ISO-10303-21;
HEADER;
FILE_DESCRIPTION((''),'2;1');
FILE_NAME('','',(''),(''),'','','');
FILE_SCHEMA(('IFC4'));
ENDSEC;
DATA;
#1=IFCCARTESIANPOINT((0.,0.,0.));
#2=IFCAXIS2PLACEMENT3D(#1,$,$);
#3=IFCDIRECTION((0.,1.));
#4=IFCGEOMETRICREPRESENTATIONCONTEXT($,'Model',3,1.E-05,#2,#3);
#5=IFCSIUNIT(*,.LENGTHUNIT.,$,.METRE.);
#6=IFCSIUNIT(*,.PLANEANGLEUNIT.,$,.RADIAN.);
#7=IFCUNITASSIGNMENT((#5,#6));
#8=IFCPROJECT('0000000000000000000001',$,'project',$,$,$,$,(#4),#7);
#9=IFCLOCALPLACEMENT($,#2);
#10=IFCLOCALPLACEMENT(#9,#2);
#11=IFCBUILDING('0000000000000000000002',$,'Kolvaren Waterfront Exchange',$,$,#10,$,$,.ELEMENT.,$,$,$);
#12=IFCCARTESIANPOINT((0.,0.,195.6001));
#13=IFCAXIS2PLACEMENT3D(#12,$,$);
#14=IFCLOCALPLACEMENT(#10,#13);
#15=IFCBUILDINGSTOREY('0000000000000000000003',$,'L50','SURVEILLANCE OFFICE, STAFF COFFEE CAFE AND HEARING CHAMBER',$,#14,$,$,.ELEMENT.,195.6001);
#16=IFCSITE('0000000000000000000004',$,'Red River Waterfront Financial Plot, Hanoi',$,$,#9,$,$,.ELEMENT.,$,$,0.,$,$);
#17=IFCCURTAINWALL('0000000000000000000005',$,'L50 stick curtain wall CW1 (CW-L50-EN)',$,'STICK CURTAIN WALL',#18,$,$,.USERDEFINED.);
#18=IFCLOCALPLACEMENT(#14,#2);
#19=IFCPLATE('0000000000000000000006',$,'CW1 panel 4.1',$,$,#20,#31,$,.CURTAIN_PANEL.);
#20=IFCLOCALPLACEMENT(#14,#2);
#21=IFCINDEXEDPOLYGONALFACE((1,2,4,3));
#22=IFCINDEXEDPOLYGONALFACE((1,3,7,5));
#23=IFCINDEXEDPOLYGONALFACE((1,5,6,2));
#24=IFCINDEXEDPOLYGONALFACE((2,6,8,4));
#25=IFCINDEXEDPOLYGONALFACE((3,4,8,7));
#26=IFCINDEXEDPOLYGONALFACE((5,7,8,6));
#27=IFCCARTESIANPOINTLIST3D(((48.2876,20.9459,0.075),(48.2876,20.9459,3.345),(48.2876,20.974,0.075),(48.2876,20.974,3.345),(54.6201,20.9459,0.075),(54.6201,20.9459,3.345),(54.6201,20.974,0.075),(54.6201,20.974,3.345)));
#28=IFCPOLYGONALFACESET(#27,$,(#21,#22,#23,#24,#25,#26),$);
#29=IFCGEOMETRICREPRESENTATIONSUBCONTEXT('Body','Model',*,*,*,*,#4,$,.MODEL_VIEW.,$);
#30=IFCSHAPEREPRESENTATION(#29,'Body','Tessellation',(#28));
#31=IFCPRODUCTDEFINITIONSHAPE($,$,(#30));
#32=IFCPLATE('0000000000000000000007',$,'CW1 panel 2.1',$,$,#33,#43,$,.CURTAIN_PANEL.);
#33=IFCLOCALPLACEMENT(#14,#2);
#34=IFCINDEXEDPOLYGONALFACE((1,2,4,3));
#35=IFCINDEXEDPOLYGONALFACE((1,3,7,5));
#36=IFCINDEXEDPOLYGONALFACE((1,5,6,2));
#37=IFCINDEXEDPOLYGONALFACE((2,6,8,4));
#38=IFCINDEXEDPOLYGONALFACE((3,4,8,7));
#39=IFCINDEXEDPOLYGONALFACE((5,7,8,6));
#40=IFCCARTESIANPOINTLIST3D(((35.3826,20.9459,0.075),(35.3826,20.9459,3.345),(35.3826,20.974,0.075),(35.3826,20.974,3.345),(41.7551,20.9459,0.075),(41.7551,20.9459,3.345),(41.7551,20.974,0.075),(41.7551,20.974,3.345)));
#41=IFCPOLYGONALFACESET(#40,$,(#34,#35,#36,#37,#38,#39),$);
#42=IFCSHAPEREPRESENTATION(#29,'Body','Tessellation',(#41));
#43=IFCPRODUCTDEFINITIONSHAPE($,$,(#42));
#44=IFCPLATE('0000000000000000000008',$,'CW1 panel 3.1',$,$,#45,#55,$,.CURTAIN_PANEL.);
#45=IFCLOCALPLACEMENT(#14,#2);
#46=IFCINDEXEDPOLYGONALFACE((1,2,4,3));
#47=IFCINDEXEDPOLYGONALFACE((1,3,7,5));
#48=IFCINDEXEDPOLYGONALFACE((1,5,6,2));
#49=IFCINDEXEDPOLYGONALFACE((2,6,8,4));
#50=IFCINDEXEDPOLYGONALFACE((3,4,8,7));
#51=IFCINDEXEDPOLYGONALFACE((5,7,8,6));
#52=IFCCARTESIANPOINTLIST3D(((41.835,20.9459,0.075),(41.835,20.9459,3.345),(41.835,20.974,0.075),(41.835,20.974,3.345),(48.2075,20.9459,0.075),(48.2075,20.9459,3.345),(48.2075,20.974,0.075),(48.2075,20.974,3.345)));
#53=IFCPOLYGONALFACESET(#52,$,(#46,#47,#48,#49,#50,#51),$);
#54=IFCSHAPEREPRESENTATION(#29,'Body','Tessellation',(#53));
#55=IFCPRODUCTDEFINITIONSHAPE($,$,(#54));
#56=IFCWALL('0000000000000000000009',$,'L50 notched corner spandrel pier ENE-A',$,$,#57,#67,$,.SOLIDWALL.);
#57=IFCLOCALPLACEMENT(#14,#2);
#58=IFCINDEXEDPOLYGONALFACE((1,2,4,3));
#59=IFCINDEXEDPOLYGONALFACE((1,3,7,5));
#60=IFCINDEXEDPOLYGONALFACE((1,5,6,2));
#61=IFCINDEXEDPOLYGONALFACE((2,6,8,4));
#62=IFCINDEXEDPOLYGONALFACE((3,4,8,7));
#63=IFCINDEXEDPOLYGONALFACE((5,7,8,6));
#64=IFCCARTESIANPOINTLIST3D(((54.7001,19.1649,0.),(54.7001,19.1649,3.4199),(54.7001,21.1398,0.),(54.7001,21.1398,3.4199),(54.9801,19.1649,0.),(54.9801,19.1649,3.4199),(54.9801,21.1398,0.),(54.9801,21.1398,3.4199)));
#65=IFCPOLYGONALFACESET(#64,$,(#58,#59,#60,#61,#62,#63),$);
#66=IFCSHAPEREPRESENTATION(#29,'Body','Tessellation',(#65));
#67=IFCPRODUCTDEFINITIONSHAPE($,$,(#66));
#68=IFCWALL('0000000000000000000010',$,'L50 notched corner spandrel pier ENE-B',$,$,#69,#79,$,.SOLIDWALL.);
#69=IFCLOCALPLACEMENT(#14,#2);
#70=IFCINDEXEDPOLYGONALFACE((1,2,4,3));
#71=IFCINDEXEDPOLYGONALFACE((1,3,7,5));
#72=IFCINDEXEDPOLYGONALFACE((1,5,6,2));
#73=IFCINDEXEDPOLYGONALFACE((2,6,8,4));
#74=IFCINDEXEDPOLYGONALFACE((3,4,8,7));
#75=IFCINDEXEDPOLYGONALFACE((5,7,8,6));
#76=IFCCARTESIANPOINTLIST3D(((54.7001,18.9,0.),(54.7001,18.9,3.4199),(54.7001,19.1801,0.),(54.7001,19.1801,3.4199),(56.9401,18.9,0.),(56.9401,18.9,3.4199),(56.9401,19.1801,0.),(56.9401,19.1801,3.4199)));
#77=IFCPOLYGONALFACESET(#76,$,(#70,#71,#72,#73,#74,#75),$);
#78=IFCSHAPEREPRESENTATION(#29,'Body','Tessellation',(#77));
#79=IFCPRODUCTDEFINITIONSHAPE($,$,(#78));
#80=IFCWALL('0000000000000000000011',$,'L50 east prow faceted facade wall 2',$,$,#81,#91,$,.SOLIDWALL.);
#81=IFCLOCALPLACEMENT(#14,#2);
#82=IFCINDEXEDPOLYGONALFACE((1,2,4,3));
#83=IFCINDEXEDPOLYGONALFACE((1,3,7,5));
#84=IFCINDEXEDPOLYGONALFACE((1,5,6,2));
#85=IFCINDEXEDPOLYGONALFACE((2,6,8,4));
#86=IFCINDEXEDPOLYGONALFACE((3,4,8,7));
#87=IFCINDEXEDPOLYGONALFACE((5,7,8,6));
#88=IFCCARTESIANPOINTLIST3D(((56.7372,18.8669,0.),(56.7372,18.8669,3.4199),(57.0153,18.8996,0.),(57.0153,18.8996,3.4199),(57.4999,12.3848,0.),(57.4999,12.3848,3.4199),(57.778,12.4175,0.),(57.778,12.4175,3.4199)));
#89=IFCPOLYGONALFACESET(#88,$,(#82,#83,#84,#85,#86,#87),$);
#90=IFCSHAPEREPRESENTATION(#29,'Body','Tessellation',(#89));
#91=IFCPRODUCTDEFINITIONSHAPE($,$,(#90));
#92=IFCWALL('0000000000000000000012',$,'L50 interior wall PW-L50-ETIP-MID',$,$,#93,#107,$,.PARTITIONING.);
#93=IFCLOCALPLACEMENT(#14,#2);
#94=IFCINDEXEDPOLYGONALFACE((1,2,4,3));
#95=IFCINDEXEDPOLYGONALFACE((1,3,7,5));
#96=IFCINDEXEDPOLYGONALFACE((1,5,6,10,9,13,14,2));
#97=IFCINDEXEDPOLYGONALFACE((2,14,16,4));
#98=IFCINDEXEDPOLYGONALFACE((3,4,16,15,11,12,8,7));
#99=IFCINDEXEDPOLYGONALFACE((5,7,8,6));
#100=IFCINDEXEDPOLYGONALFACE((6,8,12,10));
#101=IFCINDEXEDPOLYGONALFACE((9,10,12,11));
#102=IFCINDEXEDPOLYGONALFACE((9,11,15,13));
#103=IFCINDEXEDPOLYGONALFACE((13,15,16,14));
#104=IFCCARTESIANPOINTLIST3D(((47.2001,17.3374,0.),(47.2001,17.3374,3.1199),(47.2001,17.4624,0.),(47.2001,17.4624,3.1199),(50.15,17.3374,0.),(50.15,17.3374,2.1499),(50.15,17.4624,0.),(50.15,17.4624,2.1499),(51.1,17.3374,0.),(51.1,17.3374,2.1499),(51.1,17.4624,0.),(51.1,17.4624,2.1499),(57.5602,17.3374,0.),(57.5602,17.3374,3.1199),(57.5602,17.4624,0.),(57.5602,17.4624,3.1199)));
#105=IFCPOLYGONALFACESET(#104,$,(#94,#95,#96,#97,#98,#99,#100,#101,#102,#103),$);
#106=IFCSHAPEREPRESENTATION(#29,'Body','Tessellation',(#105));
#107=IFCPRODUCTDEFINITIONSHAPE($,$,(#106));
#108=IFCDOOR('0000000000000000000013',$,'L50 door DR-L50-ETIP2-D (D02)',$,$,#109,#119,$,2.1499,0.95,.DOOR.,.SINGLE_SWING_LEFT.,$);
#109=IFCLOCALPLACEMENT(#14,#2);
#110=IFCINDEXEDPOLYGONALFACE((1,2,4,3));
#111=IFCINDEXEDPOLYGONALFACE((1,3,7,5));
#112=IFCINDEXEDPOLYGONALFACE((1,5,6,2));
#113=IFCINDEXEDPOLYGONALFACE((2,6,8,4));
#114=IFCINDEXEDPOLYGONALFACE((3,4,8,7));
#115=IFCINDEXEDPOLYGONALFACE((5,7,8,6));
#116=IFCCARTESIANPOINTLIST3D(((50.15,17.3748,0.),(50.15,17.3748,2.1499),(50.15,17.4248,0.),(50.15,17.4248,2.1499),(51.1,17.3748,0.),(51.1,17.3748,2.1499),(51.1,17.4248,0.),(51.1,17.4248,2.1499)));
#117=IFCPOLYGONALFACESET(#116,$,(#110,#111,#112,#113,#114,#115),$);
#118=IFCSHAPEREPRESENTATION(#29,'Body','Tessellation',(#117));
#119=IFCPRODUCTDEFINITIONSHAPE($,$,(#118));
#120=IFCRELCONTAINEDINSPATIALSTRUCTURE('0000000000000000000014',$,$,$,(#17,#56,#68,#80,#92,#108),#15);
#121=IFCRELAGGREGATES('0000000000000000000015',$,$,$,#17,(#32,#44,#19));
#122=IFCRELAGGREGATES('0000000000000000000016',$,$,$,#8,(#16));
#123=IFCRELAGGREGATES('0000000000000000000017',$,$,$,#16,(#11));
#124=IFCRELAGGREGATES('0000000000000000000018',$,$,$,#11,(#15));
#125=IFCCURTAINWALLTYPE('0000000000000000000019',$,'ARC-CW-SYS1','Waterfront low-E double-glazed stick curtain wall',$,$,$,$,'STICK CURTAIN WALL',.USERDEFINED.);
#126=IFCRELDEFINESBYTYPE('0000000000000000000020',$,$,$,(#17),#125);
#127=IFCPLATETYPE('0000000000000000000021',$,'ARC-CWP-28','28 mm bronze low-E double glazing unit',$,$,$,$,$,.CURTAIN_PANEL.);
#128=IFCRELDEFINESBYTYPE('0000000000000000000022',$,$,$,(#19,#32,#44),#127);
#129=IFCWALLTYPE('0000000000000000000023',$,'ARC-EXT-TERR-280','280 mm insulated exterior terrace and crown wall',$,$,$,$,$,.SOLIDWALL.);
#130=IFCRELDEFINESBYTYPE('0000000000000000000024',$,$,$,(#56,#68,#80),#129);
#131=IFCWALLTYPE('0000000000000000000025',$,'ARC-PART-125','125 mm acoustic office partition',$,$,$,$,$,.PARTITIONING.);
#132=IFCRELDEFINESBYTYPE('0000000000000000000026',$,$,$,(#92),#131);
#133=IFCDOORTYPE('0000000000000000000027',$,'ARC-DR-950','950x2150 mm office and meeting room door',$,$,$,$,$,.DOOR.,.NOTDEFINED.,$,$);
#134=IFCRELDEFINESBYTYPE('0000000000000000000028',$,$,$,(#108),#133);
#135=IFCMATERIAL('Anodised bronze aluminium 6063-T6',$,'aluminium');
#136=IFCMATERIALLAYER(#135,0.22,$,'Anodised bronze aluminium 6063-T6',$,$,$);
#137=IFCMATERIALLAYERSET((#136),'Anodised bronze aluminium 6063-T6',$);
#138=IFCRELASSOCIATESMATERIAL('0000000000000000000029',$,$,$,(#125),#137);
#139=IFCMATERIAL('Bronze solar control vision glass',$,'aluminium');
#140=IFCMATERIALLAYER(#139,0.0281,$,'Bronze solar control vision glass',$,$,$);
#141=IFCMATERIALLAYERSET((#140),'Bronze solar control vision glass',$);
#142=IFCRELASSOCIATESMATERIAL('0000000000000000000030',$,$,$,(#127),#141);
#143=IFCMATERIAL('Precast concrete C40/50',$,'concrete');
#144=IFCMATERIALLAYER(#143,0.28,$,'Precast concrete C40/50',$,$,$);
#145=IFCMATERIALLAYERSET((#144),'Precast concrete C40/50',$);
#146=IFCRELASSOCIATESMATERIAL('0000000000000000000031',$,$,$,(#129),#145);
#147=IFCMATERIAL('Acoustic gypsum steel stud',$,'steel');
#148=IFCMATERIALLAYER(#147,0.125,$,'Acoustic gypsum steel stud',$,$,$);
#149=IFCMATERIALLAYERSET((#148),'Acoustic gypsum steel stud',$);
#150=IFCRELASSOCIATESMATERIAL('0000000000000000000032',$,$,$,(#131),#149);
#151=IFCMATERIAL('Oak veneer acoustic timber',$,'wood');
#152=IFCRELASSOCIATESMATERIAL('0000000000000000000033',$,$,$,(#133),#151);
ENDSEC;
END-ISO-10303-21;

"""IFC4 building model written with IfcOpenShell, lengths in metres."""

from ifc_helpers import new_model, si_unit, direction, frame, frame_2d, origin, origin_with_axes, origin_2d, place, context, subcontext, project, spatial, rectangle, extrude, source, transform, mapped, material, layer, layer_set, type_object, element, fill, aggregate, save


model = new_model("IFC4")

# Units and contexts
model_context = context("Model", 3, precision=1e-05, world=origin(), true_north=direction((0.0, 1.0)))
body_context = subcontext(model_context, "Body", "Model", "MODEL_VIEW")
ifc_project = project(units=[si_unit("LENGTHUNIT", "METRE"), si_unit("PLANEANGLEUNIT", "RADIAN")], contexts=[model_context])

# Site, building, storey
site_placement = place(None, origin())
site = spatial("IfcSite", under=ifc_project, at=site_placement, Name="Red River Waterfront Financial Plot, Hanoi", CompositionType="ELEMENT", RefElevation=0.0)
building_placement = place(site_placement, origin())
building = spatial("IfcBuilding", under=site, at=building_placement, Name="Kolvaren Waterfront Exchange", CompositionType="ELEMENT")
storey_placement = place(building_placement, frame((0.0, 0.0, 195.6001)))
storey = spatial("IfcBuildingStorey", under=building, at=storey_placement, Name="L50", Description="SURVEILLANCE OFFICE, STAFF COFFEE CAFE AND HEARING CHAMBER", CompositionType="ELEMENT", Elevation=195.6001)

# Curtain wall, plates
ifc_material_1 = material(Name="Anodised bronze aluminium 6063-T6", Category="aluminium")
ifc_layer_1 = layer(ifc_material_1, 0.22, Name="Anodised bronze aluminium 6063-T6")
ifc_layer_set_1 = layer_set([ifc_layer_1], Name="Anodised bronze aluminium 6063-T6")
curtain_wall_type = type_object("IfcCurtainWallType", Name="ARC-CW-SYS1", Description="Waterfront low-E double-glazed stick curtain wall", ElementType="STICK CURTAIN WALL", PredefinedType="USERDEFINED", material=ifc_layer_set_1)
curtain_wall_placement = place(storey_placement, origin())
curtain_wall = element("IfcCurtainWall", 1, at=curtain_wall_placement, inside=storey, type_object=curtain_wall_type, Name="L50 stick curtain wall CW1 (CW-L50-EN)", ObjectType="STICK CURTAIN WALL", PredefinedType="USERDEFINED")
ifc_material_2 = material(Name="Bronze solar control vision glass", Category="aluminium")
ifc_layer_2 = layer(ifc_material_2, 0.0281, Name="Bronze solar control vision glass")
ifc_layer_set_2 = layer_set([ifc_layer_2], Name="Bronze solar control vision glass")
plate_type = type_object("IfcPlateType", Name="ARC-CWP-28", Description="28 mm bronze low-E double glazing unit", PredefinedType="CURTAIN_PANEL", material=ifc_layer_set_2)
shared_shape_1 = source(origin_with_axes(), body_context, "Body", "SweptSolid", [
    extrude(rectangle(XDim=6.3325, YDim=0.0281, at=origin_2d()), origin(), (0.0, 0.0, 1.0), 3.27),
])
plate_1_placement = place(storey_placement, frame((51.4539, 20.96, 0.075), z_axis=(0.0, 0.0, 1.0), x_axis=(1.0, 0.0, 0.0)))
plate_1 = element("IfcPlate", 2, at=plate_1_placement, type_object=plate_type, Name="CW1 panel 4.1", PredefinedType="CURTAIN_PANEL", context=body_context, shape_type="MappedRepresentation", body=[
    mapped(shared_shape_1, transform((0.0, 0.0, 0.0), x_axis=(1.0, 0.0, 0.0), y_axis=(0.0, 1.0, 0.0), z_axis=(0.0, 0.0, 1.0), scale=1.0)),
])
shared_shape_2 = source(origin_with_axes(), body_context, "Body", "SweptSolid", [
    extrude(rectangle(XDim=6.3726, YDim=0.0281, at=origin_2d()), origin(), (0.0, 0.0, 1.0), 3.27),
])
plate_2_placement = place(storey_placement, frame((38.5688, 20.96, 0.075), z_axis=(0.0, 0.0, 1.0), x_axis=(1.0, 0.0, 0.0)))
plate_2 = element("IfcPlate", 3, at=plate_2_placement, type_object=plate_type, Name="CW1 panel 2.1", PredefinedType="CURTAIN_PANEL", context=body_context, shape_type="MappedRepresentation", body=[
    mapped(shared_shape_2, transform((0.0, 0.0, 0.0), x_axis=(1.0, 0.0, 0.0), y_axis=(0.0, 1.0, 0.0), z_axis=(0.0, 0.0, 1.0), scale=1.0)),
])
plate_3_placement = place(storey_placement, frame((45.0212, 20.96, 0.075), z_axis=(0.0, 0.0, 1.0), x_axis=(1.0, 0.0, 0.0)))
plate_3 = element("IfcPlate", 4, at=plate_3_placement, type_object=plate_type, Name="CW1 panel 3.1", PredefinedType="CURTAIN_PANEL", context=body_context, shape_type="MappedRepresentation", body=[
    mapped(shared_shape_2, transform((0.0, 0.0, 0.0), x_axis=(1.0, 0.0, 0.0), y_axis=(0.0, 1.0, 0.0), z_axis=(0.0, 0.0, 1.0), scale=1.0)),
])
aggregate(curtain_wall, [plate_2, plate_3, plate_1])

# Walls
ifc_material_3 = material(Name="Precast concrete C40/50", Category="concrete")
ifc_layer_3 = layer(ifc_material_3, 0.28, Name="Precast concrete C40/50")
ifc_layer_set_3 = layer_set([ifc_layer_3], Name="Precast concrete C40/50")
wall_type_1 = type_object("IfcWallType", Name="ARC-EXT-TERR-280", Description="280 mm insulated exterior terrace and crown wall", PredefinedType="SOLIDWALL", material=ifc_layer_set_3)
wall_1_placement = place(storey_placement, frame((54.8401, 19.165, 0.0), z_axis=(0.0, 0.0, 1.0), x_axis=(0.0, 1.0, 0.0)))
element("IfcWall", 5, at=wall_1_placement, inside=storey, type_object=wall_type_1, Name="L50 notched corner spandrel pier ENE-A", PredefinedType="SOLIDWALL", context=body_context, shape_type="SweptSolid", body=[
    extrude(rectangle(XDim=1.9749, YDim=0.28, at=frame_2d((0.9873, 0.0))), origin(), (0.0, 0.0, 1.0), 3.4199),
])
wall_2_placement = place(storey_placement, frame((54.7, 19.04, 0.0), z_axis=(0.0, 0.0, 1.0), x_axis=(1.0, 0.0, 0.0)))
element("IfcWall", 6, at=wall_2_placement, inside=storey, type_object=wall_type_1, Name="L50 notched corner spandrel pier ENE-B", PredefinedType="SOLIDWALL", context=body_context, shape_type="SweptSolid", body=[
    extrude(rectangle(XDim=2.24, YDim=0.28, at=frame_2d((1.1201, 0.0))), origin(), (0.0, 0.0, 1.0), 3.4199),
])
wall_3_placement = place(storey_placement, frame((57.6389, 12.4011, 0.0), z_axis=(0.0, 0.0, 1.0), x_axis=(-0.116854, 0.993149, 0.0)))
element("IfcWall", 7, at=wall_3_placement, inside=storey, type_object=wall_type_1, Name="L50 east prow faceted facade wall 2", PredefinedType="SOLIDWALL", context=body_context, shape_type="SweptSolid", body=[
    extrude(rectangle(XDim=6.5269, YDim=0.28, at=frame_2d((3.2634, 0.0))), origin(), (0.0, 0.0, 1.0), 3.4199),
])

# Wall, opening, door
ifc_material_4 = material(Name="Acoustic gypsum steel stud", Category="steel")
ifc_layer_4 = layer(ifc_material_4, 0.125, Name="Acoustic gypsum steel stud")
ifc_layer_set_4 = layer_set([ifc_layer_4], Name="Acoustic gypsum steel stud")
wall_type_2 = type_object("IfcWallType", Name="ARC-PART-125", Description="125 mm acoustic office partition", PredefinedType="PARTITIONING", material=ifc_layer_set_4)
wall_4_placement = place(storey_placement, frame((47.2, 17.3999, 0.0), z_axis=(0.0, 0.0, 1.0), x_axis=(1.0, 0.0, 0.0)))
wall_4 = element("IfcWall", 8, at=wall_4_placement, inside=storey, type_object=wall_type_2, Name="L50 interior wall PW-L50-ETIP-MID", PredefinedType="PARTITIONING", context=body_context, shape_type="SweptSolid", body=[
    extrude(rectangle(XDim=10.3601, YDim=0.125, at=frame_2d((5.1802, 0.0))), origin(), (0.0, 0.0, 1.0), 3.1199),
])
opening_placement = place(wall_4_placement, frame((2.95, 0.0, 0.0)))
opening = element("IfcOpeningElement", 9, at=opening_placement, cuts=wall_4, PredefinedType="OPENING", context=body_context, shape_type="SweptSolid", body=[
    extrude(rectangle(XDim=0.95, YDim=2.1499, at=frame_2d((0.4751, 1.075))), frame((0.0, 0.0725, 0.0), z_axis=(0.0, -1.0, 0.0), x_axis=(1.0, 0.0, 0.0)), (0.0, 0.0, 1.0), 0.145),
])
ifc_material_5 = material(Name="Oak veneer acoustic timber", Category="wood")
door_type = type_object("IfcDoorType", Name="ARC-DR-950", Description="950x2150 mm office and meeting room door", OperationType="NOTDEFINED", PredefinedType="DOOR", material=ifc_material_5)
door_placement = place(opening_placement, origin())
door = element("IfcDoor", 10, at=door_placement, inside=storey, type_object=door_type, Name="L50 door DR-L50-ETIP2-D (D02)", OperationType="SINGLE_SWING_LEFT", OverallHeight=2.1499, OverallWidth=0.95, PredefinedType="DOOR", context=body_context, shape_type="SweptSolid", body=[
    extrude(rectangle(XDim=0.95, YDim=2.1499, at=frame_2d((0.4751, 1.075))), frame((0.0, 0.0249, 0.0), z_axis=(0.0, -1.0, 0.0), x_axis=(1.0, 0.0, 0.0)), (0.0, 0.0, 1.0), 0.05),
])
fill(opening, door)

save(model, "model.ifc")
